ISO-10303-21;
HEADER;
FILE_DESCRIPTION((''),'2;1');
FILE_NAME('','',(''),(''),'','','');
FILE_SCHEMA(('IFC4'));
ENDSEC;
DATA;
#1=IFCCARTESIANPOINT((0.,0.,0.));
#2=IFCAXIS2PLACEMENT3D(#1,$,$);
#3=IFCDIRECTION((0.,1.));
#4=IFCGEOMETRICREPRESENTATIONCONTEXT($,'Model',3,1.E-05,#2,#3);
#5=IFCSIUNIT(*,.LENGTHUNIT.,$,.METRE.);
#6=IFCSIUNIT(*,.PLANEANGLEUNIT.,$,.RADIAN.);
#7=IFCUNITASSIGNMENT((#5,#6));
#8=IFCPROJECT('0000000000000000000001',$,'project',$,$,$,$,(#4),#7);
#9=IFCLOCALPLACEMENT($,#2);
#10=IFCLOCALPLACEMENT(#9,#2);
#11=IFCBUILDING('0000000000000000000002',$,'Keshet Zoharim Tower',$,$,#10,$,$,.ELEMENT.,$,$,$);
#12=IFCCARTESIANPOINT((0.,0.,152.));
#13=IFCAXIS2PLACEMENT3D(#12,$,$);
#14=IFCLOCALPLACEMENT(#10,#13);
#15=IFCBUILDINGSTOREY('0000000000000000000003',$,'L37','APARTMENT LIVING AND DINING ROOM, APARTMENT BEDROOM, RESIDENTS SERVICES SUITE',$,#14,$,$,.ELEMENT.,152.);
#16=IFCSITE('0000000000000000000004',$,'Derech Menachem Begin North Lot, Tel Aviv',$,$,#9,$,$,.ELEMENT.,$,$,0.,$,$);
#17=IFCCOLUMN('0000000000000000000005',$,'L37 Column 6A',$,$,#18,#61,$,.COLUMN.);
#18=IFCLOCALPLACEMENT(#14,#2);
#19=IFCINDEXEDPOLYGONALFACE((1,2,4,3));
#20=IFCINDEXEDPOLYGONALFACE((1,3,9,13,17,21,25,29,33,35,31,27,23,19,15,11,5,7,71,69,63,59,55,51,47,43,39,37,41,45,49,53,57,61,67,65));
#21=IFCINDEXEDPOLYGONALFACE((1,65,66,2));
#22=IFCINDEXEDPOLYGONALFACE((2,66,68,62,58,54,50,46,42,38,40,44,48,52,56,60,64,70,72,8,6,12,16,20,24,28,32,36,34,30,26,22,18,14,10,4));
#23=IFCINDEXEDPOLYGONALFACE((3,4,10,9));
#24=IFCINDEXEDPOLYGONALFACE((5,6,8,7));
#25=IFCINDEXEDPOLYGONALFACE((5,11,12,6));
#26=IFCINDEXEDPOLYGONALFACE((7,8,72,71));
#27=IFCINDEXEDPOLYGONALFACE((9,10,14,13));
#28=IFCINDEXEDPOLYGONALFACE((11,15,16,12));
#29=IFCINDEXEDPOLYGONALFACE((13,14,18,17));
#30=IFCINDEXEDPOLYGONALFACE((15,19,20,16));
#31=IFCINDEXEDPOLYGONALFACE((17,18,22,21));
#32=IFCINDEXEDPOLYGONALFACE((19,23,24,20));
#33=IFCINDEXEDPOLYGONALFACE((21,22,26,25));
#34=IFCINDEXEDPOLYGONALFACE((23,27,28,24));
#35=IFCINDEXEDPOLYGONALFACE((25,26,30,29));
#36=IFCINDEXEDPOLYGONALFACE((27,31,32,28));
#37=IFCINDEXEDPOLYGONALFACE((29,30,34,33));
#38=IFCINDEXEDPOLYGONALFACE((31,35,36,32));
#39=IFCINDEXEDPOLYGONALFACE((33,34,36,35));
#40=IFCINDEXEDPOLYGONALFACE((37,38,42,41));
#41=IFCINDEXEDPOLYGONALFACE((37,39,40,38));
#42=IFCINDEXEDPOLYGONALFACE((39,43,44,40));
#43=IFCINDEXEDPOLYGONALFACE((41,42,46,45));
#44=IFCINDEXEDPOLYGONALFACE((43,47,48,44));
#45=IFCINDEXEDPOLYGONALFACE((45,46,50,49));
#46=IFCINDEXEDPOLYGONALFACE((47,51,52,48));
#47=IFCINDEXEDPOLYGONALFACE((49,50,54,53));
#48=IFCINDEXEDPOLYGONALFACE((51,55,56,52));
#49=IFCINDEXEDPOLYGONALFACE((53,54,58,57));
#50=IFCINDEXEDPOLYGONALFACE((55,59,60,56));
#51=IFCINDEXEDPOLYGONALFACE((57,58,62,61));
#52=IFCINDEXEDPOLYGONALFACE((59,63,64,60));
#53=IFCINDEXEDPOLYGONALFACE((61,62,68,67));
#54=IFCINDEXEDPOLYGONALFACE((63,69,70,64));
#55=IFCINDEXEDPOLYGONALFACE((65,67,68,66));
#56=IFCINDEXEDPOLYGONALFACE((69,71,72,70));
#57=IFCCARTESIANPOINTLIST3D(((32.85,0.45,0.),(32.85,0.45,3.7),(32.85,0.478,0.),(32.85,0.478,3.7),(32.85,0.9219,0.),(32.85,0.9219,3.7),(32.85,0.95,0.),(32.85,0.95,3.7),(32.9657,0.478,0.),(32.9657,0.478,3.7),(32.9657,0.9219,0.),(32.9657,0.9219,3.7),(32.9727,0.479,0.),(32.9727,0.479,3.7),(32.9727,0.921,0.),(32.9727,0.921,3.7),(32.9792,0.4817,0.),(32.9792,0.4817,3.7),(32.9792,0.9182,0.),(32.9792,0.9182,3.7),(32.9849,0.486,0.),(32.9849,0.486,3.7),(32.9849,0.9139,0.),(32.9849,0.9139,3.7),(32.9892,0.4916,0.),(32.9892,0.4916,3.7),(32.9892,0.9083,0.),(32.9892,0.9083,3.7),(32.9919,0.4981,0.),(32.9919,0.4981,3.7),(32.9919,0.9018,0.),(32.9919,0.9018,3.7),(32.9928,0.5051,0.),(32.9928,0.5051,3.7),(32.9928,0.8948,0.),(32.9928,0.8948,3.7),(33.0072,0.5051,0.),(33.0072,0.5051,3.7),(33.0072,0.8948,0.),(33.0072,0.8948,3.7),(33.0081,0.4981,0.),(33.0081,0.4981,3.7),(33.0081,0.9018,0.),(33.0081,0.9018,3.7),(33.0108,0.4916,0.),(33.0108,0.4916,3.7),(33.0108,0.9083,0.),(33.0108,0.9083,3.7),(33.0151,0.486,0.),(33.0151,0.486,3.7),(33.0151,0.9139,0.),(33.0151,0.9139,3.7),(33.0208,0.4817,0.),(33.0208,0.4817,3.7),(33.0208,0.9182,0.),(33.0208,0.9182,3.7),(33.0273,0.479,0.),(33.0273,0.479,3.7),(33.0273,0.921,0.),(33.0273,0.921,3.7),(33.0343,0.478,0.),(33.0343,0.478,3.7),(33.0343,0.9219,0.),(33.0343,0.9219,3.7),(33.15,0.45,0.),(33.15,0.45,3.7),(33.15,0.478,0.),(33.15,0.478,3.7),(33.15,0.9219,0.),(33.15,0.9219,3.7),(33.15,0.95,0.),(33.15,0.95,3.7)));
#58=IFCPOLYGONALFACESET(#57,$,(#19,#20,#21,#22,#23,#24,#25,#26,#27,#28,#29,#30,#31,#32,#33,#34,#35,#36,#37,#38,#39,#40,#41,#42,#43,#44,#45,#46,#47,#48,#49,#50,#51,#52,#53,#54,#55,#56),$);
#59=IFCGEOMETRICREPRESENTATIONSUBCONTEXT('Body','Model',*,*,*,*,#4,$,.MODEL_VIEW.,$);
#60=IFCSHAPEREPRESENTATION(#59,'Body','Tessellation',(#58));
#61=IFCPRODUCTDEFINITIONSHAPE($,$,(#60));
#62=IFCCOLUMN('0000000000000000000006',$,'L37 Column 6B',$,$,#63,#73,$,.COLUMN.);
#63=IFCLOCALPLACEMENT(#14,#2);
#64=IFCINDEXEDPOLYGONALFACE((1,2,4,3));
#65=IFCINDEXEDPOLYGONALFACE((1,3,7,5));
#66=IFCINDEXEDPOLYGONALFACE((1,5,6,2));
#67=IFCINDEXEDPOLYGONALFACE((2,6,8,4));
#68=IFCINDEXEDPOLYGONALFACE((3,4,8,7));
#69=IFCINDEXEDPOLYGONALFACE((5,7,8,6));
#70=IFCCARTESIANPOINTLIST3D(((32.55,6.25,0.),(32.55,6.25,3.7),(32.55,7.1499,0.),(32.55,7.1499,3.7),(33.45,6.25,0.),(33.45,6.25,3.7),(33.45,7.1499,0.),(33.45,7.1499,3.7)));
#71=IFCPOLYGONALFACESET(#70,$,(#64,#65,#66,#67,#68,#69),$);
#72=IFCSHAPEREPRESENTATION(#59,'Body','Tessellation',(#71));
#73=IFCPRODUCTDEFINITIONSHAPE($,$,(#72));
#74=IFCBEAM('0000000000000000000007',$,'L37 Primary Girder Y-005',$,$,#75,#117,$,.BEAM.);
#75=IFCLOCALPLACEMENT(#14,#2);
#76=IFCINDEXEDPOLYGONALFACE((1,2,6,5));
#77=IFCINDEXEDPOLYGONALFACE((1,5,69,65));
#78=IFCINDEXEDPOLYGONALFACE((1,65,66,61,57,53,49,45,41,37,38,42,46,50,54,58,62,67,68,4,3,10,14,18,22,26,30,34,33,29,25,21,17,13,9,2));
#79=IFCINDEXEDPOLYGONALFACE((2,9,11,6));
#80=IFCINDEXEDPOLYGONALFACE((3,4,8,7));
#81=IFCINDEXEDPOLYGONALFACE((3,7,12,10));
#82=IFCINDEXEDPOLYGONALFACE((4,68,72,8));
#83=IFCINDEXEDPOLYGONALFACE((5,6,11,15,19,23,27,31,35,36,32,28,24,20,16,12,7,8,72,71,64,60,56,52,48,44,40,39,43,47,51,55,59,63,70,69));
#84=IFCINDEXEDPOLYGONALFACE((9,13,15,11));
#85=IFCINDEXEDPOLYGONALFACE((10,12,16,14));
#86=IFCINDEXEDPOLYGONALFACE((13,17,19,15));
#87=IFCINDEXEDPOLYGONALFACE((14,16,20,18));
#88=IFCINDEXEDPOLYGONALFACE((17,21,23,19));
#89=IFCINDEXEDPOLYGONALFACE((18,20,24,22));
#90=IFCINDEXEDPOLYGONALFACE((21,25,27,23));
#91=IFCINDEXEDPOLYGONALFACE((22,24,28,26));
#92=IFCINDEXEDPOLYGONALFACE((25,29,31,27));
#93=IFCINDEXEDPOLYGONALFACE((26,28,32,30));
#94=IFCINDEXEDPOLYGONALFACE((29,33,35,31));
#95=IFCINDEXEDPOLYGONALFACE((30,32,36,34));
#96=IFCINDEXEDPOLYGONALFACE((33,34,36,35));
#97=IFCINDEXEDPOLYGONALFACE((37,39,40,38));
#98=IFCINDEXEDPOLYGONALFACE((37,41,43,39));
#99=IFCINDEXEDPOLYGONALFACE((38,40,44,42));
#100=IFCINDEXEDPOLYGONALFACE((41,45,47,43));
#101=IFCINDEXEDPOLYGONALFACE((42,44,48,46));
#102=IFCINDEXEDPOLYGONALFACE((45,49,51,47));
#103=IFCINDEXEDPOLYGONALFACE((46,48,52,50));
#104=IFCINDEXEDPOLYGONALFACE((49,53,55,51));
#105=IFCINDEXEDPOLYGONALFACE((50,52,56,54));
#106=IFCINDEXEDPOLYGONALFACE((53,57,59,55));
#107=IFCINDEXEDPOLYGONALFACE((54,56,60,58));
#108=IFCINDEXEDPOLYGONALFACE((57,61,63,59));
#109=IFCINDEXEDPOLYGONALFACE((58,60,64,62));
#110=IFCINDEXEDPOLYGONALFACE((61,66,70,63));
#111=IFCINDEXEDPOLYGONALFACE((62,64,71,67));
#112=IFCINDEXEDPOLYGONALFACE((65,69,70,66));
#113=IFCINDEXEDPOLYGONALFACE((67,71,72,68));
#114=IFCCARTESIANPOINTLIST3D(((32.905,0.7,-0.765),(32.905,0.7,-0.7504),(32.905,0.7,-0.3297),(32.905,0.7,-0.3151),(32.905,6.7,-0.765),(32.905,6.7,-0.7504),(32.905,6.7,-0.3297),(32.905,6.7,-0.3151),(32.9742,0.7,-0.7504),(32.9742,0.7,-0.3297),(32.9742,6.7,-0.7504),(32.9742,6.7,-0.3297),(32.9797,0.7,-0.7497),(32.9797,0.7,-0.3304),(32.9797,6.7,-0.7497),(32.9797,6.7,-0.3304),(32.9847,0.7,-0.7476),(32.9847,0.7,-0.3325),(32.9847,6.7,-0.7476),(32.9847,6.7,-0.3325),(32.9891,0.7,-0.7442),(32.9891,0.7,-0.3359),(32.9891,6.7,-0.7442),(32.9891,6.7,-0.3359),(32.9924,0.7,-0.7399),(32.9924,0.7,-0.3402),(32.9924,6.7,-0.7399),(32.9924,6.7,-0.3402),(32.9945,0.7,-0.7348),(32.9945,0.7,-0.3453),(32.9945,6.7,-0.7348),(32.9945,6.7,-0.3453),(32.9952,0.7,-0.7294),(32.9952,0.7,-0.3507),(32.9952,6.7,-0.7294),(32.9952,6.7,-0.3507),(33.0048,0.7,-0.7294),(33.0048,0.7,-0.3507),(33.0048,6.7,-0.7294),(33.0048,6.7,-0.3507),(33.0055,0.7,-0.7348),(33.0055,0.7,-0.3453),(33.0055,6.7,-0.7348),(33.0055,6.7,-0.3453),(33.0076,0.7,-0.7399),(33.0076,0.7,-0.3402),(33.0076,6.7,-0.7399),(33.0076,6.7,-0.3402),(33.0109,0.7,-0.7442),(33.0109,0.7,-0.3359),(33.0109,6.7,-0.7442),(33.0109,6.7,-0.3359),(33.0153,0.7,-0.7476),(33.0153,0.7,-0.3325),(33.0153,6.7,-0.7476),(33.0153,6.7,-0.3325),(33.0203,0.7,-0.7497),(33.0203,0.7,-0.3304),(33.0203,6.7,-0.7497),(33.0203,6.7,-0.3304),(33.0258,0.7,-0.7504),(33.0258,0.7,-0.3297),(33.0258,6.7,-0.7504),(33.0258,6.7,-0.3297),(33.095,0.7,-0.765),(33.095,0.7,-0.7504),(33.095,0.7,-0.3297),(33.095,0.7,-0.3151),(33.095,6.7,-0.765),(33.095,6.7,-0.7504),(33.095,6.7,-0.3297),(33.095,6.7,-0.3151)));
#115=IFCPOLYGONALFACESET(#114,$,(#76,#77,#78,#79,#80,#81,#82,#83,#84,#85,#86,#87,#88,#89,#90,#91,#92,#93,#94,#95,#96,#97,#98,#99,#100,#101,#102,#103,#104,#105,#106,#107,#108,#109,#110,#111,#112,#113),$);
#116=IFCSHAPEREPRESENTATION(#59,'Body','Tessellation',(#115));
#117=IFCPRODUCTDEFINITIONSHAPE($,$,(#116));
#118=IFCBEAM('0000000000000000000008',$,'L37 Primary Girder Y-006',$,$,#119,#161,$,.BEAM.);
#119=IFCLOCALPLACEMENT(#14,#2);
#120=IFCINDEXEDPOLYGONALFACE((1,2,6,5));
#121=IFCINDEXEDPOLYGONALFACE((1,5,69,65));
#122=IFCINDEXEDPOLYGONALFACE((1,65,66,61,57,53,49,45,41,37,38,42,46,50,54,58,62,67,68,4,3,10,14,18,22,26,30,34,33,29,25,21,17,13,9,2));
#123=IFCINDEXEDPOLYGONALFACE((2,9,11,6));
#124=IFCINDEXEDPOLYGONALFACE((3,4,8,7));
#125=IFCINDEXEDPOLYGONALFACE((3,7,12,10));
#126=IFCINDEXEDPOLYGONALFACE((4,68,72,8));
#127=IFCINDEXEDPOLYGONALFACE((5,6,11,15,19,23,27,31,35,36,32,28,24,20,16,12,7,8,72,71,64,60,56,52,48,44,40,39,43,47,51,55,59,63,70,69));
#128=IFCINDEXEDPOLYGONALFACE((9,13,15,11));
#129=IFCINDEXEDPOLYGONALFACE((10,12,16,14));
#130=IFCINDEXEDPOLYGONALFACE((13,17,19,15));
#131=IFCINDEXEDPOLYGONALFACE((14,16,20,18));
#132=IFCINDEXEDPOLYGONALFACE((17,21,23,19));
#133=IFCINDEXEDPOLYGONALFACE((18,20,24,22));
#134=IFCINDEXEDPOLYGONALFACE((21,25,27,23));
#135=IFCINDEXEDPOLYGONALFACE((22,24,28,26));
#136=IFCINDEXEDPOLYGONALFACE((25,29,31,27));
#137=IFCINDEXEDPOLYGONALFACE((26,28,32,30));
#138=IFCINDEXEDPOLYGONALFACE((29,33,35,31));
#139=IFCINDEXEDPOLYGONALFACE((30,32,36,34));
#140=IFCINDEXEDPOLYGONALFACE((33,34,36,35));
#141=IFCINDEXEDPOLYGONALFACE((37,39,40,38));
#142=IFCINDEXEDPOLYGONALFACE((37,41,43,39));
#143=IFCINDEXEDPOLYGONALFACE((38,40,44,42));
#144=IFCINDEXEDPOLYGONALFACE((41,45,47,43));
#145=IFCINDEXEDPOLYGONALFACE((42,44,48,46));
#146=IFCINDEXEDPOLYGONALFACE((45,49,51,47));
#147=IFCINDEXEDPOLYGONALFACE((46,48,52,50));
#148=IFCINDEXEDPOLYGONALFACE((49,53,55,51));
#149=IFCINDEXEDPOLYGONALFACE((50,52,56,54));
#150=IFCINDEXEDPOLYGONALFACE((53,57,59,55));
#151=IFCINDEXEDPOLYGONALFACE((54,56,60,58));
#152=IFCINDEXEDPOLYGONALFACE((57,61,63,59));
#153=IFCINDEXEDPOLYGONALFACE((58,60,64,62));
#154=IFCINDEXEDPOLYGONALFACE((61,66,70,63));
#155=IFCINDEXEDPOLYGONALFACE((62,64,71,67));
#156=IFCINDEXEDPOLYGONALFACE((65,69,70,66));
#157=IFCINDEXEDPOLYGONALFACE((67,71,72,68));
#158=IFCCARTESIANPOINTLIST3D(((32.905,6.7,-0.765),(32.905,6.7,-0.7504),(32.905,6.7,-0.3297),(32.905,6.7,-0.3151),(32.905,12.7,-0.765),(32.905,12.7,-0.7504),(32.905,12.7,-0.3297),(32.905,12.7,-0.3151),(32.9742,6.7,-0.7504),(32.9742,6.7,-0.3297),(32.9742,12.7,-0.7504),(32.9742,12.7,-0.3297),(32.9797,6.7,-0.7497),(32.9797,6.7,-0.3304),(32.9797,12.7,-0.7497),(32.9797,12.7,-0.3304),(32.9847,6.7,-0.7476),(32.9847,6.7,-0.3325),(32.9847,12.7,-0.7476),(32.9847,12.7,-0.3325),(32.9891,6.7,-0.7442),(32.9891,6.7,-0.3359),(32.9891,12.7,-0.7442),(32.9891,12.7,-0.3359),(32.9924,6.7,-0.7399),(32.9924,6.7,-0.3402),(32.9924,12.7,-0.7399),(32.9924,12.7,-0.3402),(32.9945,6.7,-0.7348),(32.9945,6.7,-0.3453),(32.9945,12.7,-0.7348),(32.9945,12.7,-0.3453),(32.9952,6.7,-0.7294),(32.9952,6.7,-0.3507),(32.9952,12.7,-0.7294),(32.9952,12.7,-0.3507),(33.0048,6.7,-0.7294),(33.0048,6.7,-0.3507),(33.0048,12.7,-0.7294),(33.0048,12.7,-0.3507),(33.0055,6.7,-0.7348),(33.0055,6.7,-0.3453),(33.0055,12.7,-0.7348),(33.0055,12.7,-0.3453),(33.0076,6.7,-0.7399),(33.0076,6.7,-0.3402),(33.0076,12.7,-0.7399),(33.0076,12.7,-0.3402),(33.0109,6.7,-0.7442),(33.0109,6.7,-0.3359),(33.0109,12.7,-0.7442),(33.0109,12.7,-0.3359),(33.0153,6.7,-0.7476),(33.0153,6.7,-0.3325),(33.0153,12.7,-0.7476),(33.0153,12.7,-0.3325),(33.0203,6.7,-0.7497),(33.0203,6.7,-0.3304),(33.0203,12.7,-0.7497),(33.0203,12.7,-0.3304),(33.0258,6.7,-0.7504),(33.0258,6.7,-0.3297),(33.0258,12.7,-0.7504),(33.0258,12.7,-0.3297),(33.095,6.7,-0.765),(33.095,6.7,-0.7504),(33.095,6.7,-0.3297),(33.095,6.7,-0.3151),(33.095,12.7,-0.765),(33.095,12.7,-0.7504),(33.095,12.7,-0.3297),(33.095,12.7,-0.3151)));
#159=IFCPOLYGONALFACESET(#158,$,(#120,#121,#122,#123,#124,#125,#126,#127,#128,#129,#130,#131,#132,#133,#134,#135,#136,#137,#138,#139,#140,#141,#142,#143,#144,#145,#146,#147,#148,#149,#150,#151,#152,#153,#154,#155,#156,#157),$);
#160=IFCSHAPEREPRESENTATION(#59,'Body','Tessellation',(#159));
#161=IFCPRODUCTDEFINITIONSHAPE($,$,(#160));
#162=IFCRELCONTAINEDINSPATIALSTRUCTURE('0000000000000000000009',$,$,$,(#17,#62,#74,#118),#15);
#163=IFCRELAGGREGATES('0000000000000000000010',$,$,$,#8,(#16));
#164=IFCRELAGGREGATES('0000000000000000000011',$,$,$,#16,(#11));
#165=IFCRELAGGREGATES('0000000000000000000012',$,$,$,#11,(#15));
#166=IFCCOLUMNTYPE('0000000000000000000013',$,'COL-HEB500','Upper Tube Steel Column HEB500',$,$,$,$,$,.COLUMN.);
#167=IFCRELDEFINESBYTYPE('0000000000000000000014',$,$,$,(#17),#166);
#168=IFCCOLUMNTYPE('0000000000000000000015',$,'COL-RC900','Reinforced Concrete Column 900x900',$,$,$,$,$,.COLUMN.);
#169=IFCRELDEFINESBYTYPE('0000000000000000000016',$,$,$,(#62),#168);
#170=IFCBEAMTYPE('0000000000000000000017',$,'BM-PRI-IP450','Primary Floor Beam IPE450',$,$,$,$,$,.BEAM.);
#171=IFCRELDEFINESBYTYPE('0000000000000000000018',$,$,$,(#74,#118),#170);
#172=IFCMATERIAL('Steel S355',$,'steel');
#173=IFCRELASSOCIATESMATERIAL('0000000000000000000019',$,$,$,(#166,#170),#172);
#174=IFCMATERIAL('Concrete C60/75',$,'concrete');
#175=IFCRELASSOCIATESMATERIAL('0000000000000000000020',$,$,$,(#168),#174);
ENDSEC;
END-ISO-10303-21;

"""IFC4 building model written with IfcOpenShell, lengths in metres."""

from ifc_helpers import new_model, si_unit, direction, frame, origin, origin_2d, place, context, subcontext, project, spatial, rectangle, i_section, extrude, material, material_profile, profile_set, type_object, element, save


model = new_model("IFC4")

# Units and contexts
model_context = context("Model", 3, precision=1e-05, world=origin(), true_north=direction((0.0, 1.0)))
body_context = subcontext(model_context, "Body", "Model", "MODEL_VIEW")
ifc_project = project(units=[si_unit("LENGTHUNIT", "METRE"), si_unit("PLANEANGLEUNIT", "RADIAN")], contexts=[model_context])

# Site, building, storey
site_placement = place(None, origin())
site = spatial("IfcSite", under=ifc_project, at=site_placement, Name="Derech Menachem Begin North Lot, Tel Aviv", CompositionType="ELEMENT", RefElevation=0.0)
building_placement = place(site_placement, origin())
building = spatial("IfcBuilding", under=site, at=building_placement, Name="Keshet Zoharim Tower", CompositionType="ELEMENT")
storey_placement = place(building_placement, frame((0.0, 0.0, 152.0)))
storey = spatial("IfcBuildingStorey", under=building, at=storey_placement, Name="L37", Description="APARTMENT LIVING AND DINING ROOM, APARTMENT BEDROOM, RESIDENTS SERVICES SUITE", CompositionType="ELEMENT", Elevation=152.0)

# Columns
ifc_material_1 = material(Name="Steel S355", Category="steel")
ifc_material_profile_1 = material_profile(ifc_material_1, i_section(OverallWidth=0.3, OverallDepth=0.5, WebThickness=0.0144, FlangeThickness=0.0281, FilletRadius=0.0271, at=origin_2d()), Name="HEB500")
ifc_profile_set_1 = profile_set([ifc_material_profile_1], Name="Steel S355")
column_type_1 = type_object("IfcColumnType", Name="COL-HEB500", Description="Upper Tube Steel Column HEB500", PredefinedType="COLUMN", material=ifc_profile_set_1)
column_1_placement = place(storey_placement, frame((33.0, 0.7, 0.0), z_axis=(0.0, 0.0, 1.0), x_axis=(1.0, 0.0, 0.0)))
element("IfcColumn", 1, at=column_1_placement, inside=storey, type_object=column_type_1, Name="L37 Column 6A", PredefinedType="COLUMN", context=body_context, shape_type="SweptSolid", body=[
    extrude(i_section(OverallWidth=0.3, OverallDepth=0.5, WebThickness=0.0144, FlangeThickness=0.0281, FilletRadius=0.0271, at=origin_2d()), origin(), (0.0, 0.0, 1.0), 3.7),
])
ifc_material_2 = material(Name="Concrete C60/75", Category="concrete")
ifc_material_profile_2 = material_profile(ifc_material_2, rectangle(XDim=0.8999, YDim=0.8999, at=origin_2d()), Name="RC900x900")
ifc_profile_set_2 = profile_set([ifc_material_profile_2], Name="Concrete C60/75")
column_type_2 = type_object("IfcColumnType", Name="COL-RC900", Description="Reinforced Concrete Column 900x900", PredefinedType="COLUMN", material=ifc_profile_set_2)
column_2_placement = place(storey_placement, frame((33.0, 6.7, 0.0), z_axis=(0.0, 0.0, 1.0), x_axis=(1.0, 0.0, 0.0)))
element("IfcColumn", 2, at=column_2_placement, inside=storey, type_object=column_type_2, Name="L37 Column 6B", PredefinedType="COLUMN", context=body_context, shape_type="SweptSolid", body=[
    extrude(rectangle(XDim=0.8999, YDim=0.8999, at=origin_2d()), origin(), (0.0, 0.0, 1.0), 3.7),
])

# Beams
ifc_material_profile_3 = material_profile(ifc_material_1, i_section(OverallWidth=0.1899, OverallDepth=0.45, WebThickness=0.0095, FlangeThickness=0.0146, FilletRadius=0.021, at=origin_2d()), Name="IPE450")
ifc_profile_set_3 = profile_set([ifc_material_profile_3], Name="Steel S355")
beam_type_1 = type_object("IfcBeamType", Name="BM-PRI-IP450", Description="Primary Floor Beam IPE450", PredefinedType="BEAM", material=ifc_profile_set_3)
for number, where, z_axis, x_axis, name in (
    (3, (33.0, 0.7, -0.54), (0.0, 1.0, 0.0), (-1.0, 0.0, 0.0), "L37 Primary Girder Y-005"),
    (4, (33.0, 6.7, -0.54), (0.0, 1.0, 0.0), (-1.0, 0.0, 0.0), "L37 Primary Girder Y-006"),
):
    element("IfcBeam", number, at=place(storey_placement, frame(where, z_axis=z_axis, x_axis=x_axis)), inside=storey, type_object=beam_type_1, Name=name, PredefinedType="BEAM", context=body_context, shape_type="SweptSolid", body=[
        extrude(i_section(OverallWidth=0.1899, OverallDepth=0.45, WebThickness=0.0095, FlangeThickness=0.0146, FilletRadius=0.021, at=origin_2d()), origin(), (0.0, 0.0, 1.0), 6.0),
    ])

save(model, "model.ifc")
